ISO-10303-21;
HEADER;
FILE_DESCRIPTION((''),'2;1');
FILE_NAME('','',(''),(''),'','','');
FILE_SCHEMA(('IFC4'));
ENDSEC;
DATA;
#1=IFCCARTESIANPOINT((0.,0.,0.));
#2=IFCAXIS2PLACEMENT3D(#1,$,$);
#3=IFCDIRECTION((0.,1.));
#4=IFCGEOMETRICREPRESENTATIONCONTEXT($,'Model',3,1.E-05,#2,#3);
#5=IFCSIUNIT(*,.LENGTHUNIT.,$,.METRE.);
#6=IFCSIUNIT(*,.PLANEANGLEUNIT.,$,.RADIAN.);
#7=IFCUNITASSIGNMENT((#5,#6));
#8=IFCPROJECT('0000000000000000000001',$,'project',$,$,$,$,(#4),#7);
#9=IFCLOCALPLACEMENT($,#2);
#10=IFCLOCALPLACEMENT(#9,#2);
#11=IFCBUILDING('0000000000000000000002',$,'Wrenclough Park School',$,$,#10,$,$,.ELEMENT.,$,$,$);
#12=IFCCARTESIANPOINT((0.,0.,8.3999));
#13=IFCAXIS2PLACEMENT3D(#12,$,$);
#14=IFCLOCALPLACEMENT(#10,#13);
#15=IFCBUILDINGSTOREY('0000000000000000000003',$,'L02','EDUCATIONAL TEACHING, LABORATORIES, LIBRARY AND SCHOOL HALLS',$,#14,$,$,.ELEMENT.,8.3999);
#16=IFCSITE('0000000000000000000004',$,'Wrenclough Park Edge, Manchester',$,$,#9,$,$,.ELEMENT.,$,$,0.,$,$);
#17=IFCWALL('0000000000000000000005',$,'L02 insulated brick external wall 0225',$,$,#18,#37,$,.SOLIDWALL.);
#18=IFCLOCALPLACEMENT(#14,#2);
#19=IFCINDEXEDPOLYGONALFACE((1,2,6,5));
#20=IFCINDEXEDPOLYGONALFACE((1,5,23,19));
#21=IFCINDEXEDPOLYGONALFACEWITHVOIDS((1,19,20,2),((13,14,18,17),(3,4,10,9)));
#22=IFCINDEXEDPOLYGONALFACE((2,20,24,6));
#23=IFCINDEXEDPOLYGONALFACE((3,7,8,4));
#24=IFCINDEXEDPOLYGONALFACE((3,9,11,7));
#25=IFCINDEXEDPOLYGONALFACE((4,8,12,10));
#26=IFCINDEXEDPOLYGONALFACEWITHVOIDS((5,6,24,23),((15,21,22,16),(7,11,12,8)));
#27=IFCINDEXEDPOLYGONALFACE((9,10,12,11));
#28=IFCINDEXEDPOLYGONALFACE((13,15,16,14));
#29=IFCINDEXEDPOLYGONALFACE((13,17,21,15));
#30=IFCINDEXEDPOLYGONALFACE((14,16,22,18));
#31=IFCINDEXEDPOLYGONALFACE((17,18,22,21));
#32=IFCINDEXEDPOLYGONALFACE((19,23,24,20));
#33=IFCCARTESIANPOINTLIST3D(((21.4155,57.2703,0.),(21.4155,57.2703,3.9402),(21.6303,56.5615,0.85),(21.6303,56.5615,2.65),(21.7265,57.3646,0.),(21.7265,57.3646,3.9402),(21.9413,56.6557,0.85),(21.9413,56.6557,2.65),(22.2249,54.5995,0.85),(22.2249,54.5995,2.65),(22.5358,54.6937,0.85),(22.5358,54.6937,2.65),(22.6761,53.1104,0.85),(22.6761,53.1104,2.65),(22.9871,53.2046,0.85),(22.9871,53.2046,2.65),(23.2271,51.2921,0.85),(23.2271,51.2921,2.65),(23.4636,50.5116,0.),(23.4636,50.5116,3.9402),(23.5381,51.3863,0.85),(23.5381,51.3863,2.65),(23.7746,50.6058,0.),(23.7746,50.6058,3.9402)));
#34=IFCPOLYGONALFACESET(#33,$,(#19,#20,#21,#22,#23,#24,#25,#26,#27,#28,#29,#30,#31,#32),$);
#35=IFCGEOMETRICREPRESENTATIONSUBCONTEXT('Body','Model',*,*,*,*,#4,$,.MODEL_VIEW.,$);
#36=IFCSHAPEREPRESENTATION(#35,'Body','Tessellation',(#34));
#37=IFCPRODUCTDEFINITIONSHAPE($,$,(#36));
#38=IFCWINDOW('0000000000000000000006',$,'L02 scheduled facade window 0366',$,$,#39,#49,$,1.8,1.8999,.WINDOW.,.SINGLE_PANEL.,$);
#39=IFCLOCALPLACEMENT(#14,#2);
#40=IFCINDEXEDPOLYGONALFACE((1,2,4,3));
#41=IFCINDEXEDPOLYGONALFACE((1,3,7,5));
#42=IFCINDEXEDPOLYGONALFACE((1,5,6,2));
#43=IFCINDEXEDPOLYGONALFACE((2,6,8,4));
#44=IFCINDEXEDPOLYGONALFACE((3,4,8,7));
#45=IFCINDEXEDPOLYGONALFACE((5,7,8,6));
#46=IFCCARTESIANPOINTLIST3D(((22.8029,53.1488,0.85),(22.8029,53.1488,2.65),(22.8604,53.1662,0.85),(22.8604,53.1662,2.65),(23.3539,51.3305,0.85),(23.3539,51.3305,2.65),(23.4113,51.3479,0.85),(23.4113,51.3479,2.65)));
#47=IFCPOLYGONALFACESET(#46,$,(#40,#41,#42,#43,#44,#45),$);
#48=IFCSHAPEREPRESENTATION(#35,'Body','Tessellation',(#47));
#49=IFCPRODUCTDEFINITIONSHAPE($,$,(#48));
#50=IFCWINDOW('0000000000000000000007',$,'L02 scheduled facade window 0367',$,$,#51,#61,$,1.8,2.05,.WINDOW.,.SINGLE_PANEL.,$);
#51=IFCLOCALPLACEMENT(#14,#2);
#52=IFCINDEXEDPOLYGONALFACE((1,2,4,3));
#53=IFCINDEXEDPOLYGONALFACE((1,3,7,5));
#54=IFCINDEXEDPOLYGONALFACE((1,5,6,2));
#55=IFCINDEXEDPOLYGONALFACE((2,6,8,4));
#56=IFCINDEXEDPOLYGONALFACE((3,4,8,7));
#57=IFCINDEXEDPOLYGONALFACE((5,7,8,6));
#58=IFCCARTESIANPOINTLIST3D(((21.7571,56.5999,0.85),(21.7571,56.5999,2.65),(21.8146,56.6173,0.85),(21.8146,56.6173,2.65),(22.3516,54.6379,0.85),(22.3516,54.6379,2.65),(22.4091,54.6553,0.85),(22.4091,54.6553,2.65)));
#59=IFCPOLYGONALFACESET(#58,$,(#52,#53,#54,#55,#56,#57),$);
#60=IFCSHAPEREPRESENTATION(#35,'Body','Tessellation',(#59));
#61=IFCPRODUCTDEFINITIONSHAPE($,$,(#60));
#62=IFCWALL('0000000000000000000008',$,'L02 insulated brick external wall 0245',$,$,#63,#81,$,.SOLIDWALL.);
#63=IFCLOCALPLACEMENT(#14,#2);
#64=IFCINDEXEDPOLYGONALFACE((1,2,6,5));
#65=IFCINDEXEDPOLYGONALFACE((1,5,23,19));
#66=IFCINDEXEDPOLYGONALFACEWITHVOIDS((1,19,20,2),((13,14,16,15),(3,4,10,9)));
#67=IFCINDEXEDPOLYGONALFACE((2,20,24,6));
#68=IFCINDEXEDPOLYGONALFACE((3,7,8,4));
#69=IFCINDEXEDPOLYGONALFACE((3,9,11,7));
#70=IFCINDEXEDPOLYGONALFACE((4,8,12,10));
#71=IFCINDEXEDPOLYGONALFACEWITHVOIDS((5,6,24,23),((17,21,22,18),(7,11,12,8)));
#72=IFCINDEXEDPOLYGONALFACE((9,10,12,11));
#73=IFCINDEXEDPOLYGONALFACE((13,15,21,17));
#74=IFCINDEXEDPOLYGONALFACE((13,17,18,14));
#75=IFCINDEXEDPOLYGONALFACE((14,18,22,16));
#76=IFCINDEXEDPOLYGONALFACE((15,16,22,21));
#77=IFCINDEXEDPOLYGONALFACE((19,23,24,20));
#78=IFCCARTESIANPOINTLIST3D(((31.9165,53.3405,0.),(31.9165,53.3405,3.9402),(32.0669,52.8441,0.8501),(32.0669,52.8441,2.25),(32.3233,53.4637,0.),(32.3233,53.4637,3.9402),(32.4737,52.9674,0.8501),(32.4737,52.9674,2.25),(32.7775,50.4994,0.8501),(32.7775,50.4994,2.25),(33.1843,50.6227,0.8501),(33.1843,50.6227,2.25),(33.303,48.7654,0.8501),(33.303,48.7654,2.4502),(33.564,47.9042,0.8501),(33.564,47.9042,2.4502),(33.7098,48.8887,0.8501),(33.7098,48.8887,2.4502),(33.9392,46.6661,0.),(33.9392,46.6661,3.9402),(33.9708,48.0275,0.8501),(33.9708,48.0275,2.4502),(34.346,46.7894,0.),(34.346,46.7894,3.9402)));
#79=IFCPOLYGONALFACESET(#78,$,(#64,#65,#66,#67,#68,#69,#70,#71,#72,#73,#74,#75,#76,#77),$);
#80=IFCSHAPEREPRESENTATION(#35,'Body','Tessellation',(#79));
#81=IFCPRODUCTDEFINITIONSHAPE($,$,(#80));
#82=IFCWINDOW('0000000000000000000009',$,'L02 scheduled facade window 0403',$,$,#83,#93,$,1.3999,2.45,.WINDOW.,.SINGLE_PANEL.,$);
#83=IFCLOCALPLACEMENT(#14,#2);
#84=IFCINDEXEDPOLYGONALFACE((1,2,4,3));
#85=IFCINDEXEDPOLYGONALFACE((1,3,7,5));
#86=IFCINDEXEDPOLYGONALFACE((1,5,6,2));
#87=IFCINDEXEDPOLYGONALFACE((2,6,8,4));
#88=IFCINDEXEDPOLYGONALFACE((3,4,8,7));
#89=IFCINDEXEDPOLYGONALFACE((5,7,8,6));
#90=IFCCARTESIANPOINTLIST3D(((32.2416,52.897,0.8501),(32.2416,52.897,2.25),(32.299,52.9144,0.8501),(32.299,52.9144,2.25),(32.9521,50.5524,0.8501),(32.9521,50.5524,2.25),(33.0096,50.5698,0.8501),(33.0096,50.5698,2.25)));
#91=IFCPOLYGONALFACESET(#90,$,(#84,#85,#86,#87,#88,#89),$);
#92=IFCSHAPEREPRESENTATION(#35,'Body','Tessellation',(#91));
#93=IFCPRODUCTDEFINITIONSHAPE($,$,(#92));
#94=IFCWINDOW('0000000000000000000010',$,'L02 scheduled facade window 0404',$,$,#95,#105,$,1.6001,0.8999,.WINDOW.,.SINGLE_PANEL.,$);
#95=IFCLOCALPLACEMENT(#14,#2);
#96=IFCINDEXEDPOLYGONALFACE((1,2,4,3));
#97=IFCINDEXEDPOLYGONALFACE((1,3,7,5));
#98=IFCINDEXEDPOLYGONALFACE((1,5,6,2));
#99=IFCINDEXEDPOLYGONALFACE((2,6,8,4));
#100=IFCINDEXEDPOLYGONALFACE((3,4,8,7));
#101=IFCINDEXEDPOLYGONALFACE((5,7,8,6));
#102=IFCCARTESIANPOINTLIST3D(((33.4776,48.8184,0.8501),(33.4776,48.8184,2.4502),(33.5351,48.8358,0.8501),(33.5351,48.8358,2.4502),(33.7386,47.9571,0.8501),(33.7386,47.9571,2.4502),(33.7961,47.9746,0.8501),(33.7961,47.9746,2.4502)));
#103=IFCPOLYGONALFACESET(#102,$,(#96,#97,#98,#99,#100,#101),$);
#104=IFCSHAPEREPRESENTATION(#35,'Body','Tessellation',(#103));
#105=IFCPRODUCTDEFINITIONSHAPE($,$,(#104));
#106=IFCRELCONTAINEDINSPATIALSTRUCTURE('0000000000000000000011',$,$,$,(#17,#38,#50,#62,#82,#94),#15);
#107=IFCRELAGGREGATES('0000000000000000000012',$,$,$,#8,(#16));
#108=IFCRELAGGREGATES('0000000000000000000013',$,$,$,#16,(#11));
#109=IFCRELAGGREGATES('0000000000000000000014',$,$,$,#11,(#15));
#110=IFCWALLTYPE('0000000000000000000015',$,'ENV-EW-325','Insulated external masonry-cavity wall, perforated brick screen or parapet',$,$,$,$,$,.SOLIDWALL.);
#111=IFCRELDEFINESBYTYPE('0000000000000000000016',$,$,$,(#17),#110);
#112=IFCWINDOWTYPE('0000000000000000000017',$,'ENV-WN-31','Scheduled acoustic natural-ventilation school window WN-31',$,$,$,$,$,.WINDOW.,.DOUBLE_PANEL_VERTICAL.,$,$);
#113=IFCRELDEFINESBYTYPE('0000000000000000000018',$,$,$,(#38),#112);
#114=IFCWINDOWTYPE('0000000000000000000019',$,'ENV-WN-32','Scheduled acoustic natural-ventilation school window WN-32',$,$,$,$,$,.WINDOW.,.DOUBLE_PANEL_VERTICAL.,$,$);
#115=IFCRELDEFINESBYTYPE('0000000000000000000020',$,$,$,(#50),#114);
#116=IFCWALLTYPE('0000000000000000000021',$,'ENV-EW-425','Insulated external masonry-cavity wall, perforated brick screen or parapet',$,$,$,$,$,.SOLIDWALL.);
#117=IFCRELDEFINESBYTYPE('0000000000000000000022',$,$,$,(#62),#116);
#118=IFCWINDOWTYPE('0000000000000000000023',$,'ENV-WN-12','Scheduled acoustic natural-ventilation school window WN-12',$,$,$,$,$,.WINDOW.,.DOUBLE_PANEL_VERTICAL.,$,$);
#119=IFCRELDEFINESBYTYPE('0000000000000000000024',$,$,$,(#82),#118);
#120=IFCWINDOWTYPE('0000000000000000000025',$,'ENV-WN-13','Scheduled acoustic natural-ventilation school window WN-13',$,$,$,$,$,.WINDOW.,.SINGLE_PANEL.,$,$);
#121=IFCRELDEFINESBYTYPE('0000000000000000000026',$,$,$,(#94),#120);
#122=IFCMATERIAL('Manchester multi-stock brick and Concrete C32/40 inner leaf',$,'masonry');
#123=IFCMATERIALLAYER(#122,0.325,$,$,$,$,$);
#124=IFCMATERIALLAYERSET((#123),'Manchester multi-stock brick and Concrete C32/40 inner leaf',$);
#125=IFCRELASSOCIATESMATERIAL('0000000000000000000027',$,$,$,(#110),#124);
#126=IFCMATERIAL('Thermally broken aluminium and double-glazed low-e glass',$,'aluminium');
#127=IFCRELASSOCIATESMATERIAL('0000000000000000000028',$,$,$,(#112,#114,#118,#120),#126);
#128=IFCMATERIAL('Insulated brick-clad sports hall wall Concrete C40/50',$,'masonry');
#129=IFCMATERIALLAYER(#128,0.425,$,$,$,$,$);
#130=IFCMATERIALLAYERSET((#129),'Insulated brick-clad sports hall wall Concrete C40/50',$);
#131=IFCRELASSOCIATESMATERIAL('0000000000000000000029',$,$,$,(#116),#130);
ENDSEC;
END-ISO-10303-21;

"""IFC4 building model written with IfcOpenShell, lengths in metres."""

from ifc_helpers import new_model, si_unit, direction, frame, frame_2d, origin, place, context, subcontext, project, spatial, rectangle, extrude, material, layer, layer_set, type_object, element, fill, save


model = new_model("IFC4")

# Units and contexts
model_context = context("Model", 3, precision=1e-05, world=origin(), true_north=direction((0.0, 1.0)))
body_context = subcontext(model_context, "Body", "Model", "MODEL_VIEW")
ifc_project = project(units=[si_unit("LENGTHUNIT", "METRE"), si_unit("PLANEANGLEUNIT", "RADIAN")], contexts=[model_context])

# Site, building, storey
site_placement = place(None, origin())
site = spatial("IfcSite", under=ifc_project, at=site_placement, Name="Wrenclough Park Edge, Manchester", CompositionType="ELEMENT", RefElevation=0.0)
building_placement = place(site_placement, origin())
building = spatial("IfcBuilding", under=site, at=building_placement, Name="Wrenclough Park School", CompositionType="ELEMENT")
storey_placement = place(building_placement, frame((0.0, 0.0, 8.3999)))
storey = spatial("IfcBuildingStorey", under=building, at=storey_placement, Name="L02", Description="EDUCATIONAL TEACHING, LABORATORIES, LIBRARY AND SCHOOL HALLS", CompositionType="ELEMENT", Elevation=8.3999)

# Walls, openings, windows
ifc_material_1 = material(Name="Manchester multi-stock brick and Concrete C32/40 inner leaf", Category="masonry")
ifc_material_2 = material(Name="Thermally broken aluminium and double-glazed low-e glass", Category="aluminium")
ifc_layer_1 = layer(ifc_material_1, 0.325)
ifc_layer_set_1 = layer_set([ifc_layer_1], Name="Manchester multi-stock brick and Concrete C32/40 inner leaf")
wall_type_1 = type_object("IfcWallType", Name="ENV-EW-325", Description="Insulated external masonry-cavity wall, perforated brick screen or parapet", PredefinedType="SOLIDWALL", material=ifc_layer_set_1)
wall_1_placement = place(storey_placement, frame((23.6191, 50.5586, 0.0), z_axis=(0.0, 0.0, 1.0), x_axis=(-0.290005, 0.957025, 0.0)))
wall_1 = element("IfcWall", 1, at=wall_1_placement, inside=storey, type_object=wall_type_1, Name="L02 insulated brick external wall 0225", PredefinedType="SOLIDWALL", context=body_context, shape_type="SweptSolid", body=[
    extrude(rectangle(XDim=7.0623, YDim=0.325, at=frame_2d((3.5312, 0.0))), origin(), (0.0, 0.0, 1.0), 3.9402),
])
opening_1_placement = place(wall_1_placement, frame((0.8157, 0.0, 0.8501)))
opening_1 = element("IfcOpeningElement", 2, at=opening_1_placement, cuts=wall_1, PredefinedType="OPENING", context=body_context, shape_type="SweptSolid", body=[
    extrude(rectangle(XDim=1.8999, YDim=1.8, at=frame_2d((0.95, 0.8999))), frame((0.0, 0.1724, 0.0), z_axis=(0.0, -1.0, 0.0), x_axis=(1.0, 0.0, 0.0)), (0.0, 0.0, 1.0), 0.345),
])
opening_2_placement = place(wall_1_placement, frame((4.2717, 0.0, 0.8501)))
opening_2 = element("IfcOpeningElement", 3, at=opening_2_placement, cuts=wall_1, PredefinedType="OPENING", context=body_context, shape_type="SweptSolid", body=[
    extrude(rectangle(XDim=2.05, YDim=1.8, at=frame_2d((1.0249, 0.8999))), frame((0.0, 0.1724, 0.0), z_axis=(0.0, -1.0, 0.0), x_axis=(1.0, 0.0, 0.0)), (0.0, 0.0, 1.0), 0.345),
])
window_type_1 = type_object("IfcWindowType", Name="ENV-WN-31", Description="Scheduled acoustic natural-ventilation school window WN-31", PartitioningType="DOUBLE_PANEL_VERTICAL", PredefinedType="WINDOW", material=ifc_material_2)
window_1_placement = place(opening_1_placement, origin())
window_1 = element("IfcWindow", 4, at=window_1_placement, inside=storey, type_object=window_type_1, Name="L02 scheduled facade window 0366", OverallHeight=1.8, OverallWidth=1.8999, PartitioningType="SINGLE_PANEL", PredefinedType="WINDOW", context=body_context, shape_type="SweptSolid", body=[
    extrude(rectangle(XDim=1.8999, YDim=1.8, at=frame_2d((0.95, 0.8999))), frame((0.0, 0.03, 0.0), z_axis=(0.0, -1.0, 0.0), x_axis=(1.0, 0.0, 0.0)), (0.0, 0.0, 1.0), 0.0601),
])
fill(opening_1, window_1)
window_type_2 = type_object("IfcWindowType", Name="ENV-WN-32", Description="Scheduled acoustic natural-ventilation school window WN-32", PartitioningType="DOUBLE_PANEL_VERTICAL", PredefinedType="WINDOW", material=ifc_material_2)
window_2_placement = place(opening_2_placement, origin())
window_2 = element("IfcWindow", 5, at=window_2_placement, inside=storey, type_object=window_type_2, Name="L02 scheduled facade window 0367", OverallHeight=1.8, OverallWidth=2.05, PartitioningType="SINGLE_PANEL", PredefinedType="WINDOW", context=body_context, shape_type="SweptSolid", body=[
    extrude(rectangle(XDim=2.05, YDim=1.8, at=frame_2d((1.0249, 0.8999))), frame((0.0, 0.03, 0.0), z_axis=(0.0, -1.0, 0.0), x_axis=(1.0, 0.0, 0.0)), (0.0, 0.0, 1.0), 0.0601),
])
fill(opening_2, window_2)
ifc_material_3 = material(Name="Insulated brick-clad sports hall wall Concrete C40/50", Category="masonry")
ifc_layer_2 = layer(ifc_material_3, 0.425)
ifc_layer_set_2 = layer_set([ifc_layer_2], Name="Insulated brick-clad sports hall wall Concrete C40/50")
wall_type_2 = type_object("IfcWallType", Name="ENV-EW-425", Description="Insulated external masonry-cavity wall, perforated brick screen or parapet", PredefinedType="SOLIDWALL", material=ifc_layer_set_2)
wall_2_placement = place(storey_placement, frame((32.1199, 53.4021, 0.0), z_axis=(0.0, 0.0, 1.0), x_axis=(0.290032, -0.957017, 0.0)))
wall_2 = element("IfcWall", 6, at=wall_2_placement, inside=storey, type_object=wall_type_2, Name="L02 insulated brick external wall 0245", PredefinedType="SOLIDWALL", context=body_context, shape_type="SweptSolid", body=[
    extrude(rectangle(XDim=6.9741, YDim=0.425, at=frame_2d((3.4871, 0.0))), origin(), (0.0, 0.0, 1.0), 3.9402),
])
opening_3_placement = place(wall_2_placement, frame((0.5186, 0.0, 0.8501)))
opening_3 = element("IfcOpeningElement", 7, at=opening_3_placement, cuts=wall_2, PredefinedType="OPENING", context=body_context, shape_type="SweptSolid", body=[
    extrude(rectangle(XDim=2.45, YDim=1.3999, at=frame_2d((1.2251, 0.7))), frame((0.0, 0.2224, 0.0), z_axis=(0.0, -1.0, 0.0), x_axis=(1.0, 0.0, 0.0)), (0.0, 0.0, 1.0), 0.4451),
])
opening_4_placement = place(wall_2_placement, frame((4.7805, 0.0, 0.8501)))
opening_4 = element("IfcOpeningElement", 8, at=opening_4_placement, cuts=wall_2, PredefinedType="OPENING", context=body_context, shape_type="SweptSolid", body=[
    extrude(rectangle(XDim=0.8999, YDim=1.6001, at=frame_2d((0.45, 0.8))), frame((0.0, 0.2224, 0.0), z_axis=(0.0, -1.0, 0.0), x_axis=(1.0, 0.0, 0.0)), (0.0, 0.0, 1.0), 0.4451),
])
window_type_3 = type_object("IfcWindowType", Name="ENV-WN-12", Description="Scheduled acoustic natural-ventilation school window WN-12", PartitioningType="DOUBLE_PANEL_VERTICAL", PredefinedType="WINDOW", material=ifc_material_2)
window_3_placement = place(opening_3_placement, origin())
window_3 = element("IfcWindow", 9, at=window_3_placement, inside=storey, type_object=window_type_3, Name="L02 scheduled facade window 0403", OverallHeight=1.3999, OverallWidth=2.45, PartitioningType="SINGLE_PANEL", PredefinedType="WINDOW", context=body_context, shape_type="SweptSolid", body=[
    extrude(rectangle(XDim=2.45, YDim=1.3999, at=frame_2d((1.2251, 0.7))), frame((0.0, 0.03, 0.0), z_axis=(0.0, -1.0, 0.0), x_axis=(1.0, 0.0, 0.0)), (0.0, 0.0, 1.0), 0.0601),
])
fill(opening_3, window_3)
window_type_4 = type_object("IfcWindowType", Name="ENV-WN-13", Description="Scheduled acoustic natural-ventilation school window WN-13", PartitioningType="SINGLE_PANEL", PredefinedType="WINDOW", material=ifc_material_2)
window_4_placement = place(opening_4_placement, origin())
window_4 = element("IfcWindow", 10, at=window_4_placement, inside=storey, type_object=window_type_4, Name="L02 scheduled facade window 0404", OverallHeight=1.6001, OverallWidth=0.8999, PartitioningType="SINGLE_PANEL", PredefinedType="WINDOW", context=body_context, shape_type="SweptSolid", body=[
    extrude(rectangle(XDim=0.8999, YDim=1.6001, at=frame_2d((0.45, 0.8))), frame((0.0, 0.03, 0.0), z_axis=(0.0, -1.0, 0.0), x_axis=(1.0, 0.0, 0.0)), (0.0, 0.0, 1.0), 0.0601),
])
fill(opening_4, window_4)

save(model, "model.ifc")
